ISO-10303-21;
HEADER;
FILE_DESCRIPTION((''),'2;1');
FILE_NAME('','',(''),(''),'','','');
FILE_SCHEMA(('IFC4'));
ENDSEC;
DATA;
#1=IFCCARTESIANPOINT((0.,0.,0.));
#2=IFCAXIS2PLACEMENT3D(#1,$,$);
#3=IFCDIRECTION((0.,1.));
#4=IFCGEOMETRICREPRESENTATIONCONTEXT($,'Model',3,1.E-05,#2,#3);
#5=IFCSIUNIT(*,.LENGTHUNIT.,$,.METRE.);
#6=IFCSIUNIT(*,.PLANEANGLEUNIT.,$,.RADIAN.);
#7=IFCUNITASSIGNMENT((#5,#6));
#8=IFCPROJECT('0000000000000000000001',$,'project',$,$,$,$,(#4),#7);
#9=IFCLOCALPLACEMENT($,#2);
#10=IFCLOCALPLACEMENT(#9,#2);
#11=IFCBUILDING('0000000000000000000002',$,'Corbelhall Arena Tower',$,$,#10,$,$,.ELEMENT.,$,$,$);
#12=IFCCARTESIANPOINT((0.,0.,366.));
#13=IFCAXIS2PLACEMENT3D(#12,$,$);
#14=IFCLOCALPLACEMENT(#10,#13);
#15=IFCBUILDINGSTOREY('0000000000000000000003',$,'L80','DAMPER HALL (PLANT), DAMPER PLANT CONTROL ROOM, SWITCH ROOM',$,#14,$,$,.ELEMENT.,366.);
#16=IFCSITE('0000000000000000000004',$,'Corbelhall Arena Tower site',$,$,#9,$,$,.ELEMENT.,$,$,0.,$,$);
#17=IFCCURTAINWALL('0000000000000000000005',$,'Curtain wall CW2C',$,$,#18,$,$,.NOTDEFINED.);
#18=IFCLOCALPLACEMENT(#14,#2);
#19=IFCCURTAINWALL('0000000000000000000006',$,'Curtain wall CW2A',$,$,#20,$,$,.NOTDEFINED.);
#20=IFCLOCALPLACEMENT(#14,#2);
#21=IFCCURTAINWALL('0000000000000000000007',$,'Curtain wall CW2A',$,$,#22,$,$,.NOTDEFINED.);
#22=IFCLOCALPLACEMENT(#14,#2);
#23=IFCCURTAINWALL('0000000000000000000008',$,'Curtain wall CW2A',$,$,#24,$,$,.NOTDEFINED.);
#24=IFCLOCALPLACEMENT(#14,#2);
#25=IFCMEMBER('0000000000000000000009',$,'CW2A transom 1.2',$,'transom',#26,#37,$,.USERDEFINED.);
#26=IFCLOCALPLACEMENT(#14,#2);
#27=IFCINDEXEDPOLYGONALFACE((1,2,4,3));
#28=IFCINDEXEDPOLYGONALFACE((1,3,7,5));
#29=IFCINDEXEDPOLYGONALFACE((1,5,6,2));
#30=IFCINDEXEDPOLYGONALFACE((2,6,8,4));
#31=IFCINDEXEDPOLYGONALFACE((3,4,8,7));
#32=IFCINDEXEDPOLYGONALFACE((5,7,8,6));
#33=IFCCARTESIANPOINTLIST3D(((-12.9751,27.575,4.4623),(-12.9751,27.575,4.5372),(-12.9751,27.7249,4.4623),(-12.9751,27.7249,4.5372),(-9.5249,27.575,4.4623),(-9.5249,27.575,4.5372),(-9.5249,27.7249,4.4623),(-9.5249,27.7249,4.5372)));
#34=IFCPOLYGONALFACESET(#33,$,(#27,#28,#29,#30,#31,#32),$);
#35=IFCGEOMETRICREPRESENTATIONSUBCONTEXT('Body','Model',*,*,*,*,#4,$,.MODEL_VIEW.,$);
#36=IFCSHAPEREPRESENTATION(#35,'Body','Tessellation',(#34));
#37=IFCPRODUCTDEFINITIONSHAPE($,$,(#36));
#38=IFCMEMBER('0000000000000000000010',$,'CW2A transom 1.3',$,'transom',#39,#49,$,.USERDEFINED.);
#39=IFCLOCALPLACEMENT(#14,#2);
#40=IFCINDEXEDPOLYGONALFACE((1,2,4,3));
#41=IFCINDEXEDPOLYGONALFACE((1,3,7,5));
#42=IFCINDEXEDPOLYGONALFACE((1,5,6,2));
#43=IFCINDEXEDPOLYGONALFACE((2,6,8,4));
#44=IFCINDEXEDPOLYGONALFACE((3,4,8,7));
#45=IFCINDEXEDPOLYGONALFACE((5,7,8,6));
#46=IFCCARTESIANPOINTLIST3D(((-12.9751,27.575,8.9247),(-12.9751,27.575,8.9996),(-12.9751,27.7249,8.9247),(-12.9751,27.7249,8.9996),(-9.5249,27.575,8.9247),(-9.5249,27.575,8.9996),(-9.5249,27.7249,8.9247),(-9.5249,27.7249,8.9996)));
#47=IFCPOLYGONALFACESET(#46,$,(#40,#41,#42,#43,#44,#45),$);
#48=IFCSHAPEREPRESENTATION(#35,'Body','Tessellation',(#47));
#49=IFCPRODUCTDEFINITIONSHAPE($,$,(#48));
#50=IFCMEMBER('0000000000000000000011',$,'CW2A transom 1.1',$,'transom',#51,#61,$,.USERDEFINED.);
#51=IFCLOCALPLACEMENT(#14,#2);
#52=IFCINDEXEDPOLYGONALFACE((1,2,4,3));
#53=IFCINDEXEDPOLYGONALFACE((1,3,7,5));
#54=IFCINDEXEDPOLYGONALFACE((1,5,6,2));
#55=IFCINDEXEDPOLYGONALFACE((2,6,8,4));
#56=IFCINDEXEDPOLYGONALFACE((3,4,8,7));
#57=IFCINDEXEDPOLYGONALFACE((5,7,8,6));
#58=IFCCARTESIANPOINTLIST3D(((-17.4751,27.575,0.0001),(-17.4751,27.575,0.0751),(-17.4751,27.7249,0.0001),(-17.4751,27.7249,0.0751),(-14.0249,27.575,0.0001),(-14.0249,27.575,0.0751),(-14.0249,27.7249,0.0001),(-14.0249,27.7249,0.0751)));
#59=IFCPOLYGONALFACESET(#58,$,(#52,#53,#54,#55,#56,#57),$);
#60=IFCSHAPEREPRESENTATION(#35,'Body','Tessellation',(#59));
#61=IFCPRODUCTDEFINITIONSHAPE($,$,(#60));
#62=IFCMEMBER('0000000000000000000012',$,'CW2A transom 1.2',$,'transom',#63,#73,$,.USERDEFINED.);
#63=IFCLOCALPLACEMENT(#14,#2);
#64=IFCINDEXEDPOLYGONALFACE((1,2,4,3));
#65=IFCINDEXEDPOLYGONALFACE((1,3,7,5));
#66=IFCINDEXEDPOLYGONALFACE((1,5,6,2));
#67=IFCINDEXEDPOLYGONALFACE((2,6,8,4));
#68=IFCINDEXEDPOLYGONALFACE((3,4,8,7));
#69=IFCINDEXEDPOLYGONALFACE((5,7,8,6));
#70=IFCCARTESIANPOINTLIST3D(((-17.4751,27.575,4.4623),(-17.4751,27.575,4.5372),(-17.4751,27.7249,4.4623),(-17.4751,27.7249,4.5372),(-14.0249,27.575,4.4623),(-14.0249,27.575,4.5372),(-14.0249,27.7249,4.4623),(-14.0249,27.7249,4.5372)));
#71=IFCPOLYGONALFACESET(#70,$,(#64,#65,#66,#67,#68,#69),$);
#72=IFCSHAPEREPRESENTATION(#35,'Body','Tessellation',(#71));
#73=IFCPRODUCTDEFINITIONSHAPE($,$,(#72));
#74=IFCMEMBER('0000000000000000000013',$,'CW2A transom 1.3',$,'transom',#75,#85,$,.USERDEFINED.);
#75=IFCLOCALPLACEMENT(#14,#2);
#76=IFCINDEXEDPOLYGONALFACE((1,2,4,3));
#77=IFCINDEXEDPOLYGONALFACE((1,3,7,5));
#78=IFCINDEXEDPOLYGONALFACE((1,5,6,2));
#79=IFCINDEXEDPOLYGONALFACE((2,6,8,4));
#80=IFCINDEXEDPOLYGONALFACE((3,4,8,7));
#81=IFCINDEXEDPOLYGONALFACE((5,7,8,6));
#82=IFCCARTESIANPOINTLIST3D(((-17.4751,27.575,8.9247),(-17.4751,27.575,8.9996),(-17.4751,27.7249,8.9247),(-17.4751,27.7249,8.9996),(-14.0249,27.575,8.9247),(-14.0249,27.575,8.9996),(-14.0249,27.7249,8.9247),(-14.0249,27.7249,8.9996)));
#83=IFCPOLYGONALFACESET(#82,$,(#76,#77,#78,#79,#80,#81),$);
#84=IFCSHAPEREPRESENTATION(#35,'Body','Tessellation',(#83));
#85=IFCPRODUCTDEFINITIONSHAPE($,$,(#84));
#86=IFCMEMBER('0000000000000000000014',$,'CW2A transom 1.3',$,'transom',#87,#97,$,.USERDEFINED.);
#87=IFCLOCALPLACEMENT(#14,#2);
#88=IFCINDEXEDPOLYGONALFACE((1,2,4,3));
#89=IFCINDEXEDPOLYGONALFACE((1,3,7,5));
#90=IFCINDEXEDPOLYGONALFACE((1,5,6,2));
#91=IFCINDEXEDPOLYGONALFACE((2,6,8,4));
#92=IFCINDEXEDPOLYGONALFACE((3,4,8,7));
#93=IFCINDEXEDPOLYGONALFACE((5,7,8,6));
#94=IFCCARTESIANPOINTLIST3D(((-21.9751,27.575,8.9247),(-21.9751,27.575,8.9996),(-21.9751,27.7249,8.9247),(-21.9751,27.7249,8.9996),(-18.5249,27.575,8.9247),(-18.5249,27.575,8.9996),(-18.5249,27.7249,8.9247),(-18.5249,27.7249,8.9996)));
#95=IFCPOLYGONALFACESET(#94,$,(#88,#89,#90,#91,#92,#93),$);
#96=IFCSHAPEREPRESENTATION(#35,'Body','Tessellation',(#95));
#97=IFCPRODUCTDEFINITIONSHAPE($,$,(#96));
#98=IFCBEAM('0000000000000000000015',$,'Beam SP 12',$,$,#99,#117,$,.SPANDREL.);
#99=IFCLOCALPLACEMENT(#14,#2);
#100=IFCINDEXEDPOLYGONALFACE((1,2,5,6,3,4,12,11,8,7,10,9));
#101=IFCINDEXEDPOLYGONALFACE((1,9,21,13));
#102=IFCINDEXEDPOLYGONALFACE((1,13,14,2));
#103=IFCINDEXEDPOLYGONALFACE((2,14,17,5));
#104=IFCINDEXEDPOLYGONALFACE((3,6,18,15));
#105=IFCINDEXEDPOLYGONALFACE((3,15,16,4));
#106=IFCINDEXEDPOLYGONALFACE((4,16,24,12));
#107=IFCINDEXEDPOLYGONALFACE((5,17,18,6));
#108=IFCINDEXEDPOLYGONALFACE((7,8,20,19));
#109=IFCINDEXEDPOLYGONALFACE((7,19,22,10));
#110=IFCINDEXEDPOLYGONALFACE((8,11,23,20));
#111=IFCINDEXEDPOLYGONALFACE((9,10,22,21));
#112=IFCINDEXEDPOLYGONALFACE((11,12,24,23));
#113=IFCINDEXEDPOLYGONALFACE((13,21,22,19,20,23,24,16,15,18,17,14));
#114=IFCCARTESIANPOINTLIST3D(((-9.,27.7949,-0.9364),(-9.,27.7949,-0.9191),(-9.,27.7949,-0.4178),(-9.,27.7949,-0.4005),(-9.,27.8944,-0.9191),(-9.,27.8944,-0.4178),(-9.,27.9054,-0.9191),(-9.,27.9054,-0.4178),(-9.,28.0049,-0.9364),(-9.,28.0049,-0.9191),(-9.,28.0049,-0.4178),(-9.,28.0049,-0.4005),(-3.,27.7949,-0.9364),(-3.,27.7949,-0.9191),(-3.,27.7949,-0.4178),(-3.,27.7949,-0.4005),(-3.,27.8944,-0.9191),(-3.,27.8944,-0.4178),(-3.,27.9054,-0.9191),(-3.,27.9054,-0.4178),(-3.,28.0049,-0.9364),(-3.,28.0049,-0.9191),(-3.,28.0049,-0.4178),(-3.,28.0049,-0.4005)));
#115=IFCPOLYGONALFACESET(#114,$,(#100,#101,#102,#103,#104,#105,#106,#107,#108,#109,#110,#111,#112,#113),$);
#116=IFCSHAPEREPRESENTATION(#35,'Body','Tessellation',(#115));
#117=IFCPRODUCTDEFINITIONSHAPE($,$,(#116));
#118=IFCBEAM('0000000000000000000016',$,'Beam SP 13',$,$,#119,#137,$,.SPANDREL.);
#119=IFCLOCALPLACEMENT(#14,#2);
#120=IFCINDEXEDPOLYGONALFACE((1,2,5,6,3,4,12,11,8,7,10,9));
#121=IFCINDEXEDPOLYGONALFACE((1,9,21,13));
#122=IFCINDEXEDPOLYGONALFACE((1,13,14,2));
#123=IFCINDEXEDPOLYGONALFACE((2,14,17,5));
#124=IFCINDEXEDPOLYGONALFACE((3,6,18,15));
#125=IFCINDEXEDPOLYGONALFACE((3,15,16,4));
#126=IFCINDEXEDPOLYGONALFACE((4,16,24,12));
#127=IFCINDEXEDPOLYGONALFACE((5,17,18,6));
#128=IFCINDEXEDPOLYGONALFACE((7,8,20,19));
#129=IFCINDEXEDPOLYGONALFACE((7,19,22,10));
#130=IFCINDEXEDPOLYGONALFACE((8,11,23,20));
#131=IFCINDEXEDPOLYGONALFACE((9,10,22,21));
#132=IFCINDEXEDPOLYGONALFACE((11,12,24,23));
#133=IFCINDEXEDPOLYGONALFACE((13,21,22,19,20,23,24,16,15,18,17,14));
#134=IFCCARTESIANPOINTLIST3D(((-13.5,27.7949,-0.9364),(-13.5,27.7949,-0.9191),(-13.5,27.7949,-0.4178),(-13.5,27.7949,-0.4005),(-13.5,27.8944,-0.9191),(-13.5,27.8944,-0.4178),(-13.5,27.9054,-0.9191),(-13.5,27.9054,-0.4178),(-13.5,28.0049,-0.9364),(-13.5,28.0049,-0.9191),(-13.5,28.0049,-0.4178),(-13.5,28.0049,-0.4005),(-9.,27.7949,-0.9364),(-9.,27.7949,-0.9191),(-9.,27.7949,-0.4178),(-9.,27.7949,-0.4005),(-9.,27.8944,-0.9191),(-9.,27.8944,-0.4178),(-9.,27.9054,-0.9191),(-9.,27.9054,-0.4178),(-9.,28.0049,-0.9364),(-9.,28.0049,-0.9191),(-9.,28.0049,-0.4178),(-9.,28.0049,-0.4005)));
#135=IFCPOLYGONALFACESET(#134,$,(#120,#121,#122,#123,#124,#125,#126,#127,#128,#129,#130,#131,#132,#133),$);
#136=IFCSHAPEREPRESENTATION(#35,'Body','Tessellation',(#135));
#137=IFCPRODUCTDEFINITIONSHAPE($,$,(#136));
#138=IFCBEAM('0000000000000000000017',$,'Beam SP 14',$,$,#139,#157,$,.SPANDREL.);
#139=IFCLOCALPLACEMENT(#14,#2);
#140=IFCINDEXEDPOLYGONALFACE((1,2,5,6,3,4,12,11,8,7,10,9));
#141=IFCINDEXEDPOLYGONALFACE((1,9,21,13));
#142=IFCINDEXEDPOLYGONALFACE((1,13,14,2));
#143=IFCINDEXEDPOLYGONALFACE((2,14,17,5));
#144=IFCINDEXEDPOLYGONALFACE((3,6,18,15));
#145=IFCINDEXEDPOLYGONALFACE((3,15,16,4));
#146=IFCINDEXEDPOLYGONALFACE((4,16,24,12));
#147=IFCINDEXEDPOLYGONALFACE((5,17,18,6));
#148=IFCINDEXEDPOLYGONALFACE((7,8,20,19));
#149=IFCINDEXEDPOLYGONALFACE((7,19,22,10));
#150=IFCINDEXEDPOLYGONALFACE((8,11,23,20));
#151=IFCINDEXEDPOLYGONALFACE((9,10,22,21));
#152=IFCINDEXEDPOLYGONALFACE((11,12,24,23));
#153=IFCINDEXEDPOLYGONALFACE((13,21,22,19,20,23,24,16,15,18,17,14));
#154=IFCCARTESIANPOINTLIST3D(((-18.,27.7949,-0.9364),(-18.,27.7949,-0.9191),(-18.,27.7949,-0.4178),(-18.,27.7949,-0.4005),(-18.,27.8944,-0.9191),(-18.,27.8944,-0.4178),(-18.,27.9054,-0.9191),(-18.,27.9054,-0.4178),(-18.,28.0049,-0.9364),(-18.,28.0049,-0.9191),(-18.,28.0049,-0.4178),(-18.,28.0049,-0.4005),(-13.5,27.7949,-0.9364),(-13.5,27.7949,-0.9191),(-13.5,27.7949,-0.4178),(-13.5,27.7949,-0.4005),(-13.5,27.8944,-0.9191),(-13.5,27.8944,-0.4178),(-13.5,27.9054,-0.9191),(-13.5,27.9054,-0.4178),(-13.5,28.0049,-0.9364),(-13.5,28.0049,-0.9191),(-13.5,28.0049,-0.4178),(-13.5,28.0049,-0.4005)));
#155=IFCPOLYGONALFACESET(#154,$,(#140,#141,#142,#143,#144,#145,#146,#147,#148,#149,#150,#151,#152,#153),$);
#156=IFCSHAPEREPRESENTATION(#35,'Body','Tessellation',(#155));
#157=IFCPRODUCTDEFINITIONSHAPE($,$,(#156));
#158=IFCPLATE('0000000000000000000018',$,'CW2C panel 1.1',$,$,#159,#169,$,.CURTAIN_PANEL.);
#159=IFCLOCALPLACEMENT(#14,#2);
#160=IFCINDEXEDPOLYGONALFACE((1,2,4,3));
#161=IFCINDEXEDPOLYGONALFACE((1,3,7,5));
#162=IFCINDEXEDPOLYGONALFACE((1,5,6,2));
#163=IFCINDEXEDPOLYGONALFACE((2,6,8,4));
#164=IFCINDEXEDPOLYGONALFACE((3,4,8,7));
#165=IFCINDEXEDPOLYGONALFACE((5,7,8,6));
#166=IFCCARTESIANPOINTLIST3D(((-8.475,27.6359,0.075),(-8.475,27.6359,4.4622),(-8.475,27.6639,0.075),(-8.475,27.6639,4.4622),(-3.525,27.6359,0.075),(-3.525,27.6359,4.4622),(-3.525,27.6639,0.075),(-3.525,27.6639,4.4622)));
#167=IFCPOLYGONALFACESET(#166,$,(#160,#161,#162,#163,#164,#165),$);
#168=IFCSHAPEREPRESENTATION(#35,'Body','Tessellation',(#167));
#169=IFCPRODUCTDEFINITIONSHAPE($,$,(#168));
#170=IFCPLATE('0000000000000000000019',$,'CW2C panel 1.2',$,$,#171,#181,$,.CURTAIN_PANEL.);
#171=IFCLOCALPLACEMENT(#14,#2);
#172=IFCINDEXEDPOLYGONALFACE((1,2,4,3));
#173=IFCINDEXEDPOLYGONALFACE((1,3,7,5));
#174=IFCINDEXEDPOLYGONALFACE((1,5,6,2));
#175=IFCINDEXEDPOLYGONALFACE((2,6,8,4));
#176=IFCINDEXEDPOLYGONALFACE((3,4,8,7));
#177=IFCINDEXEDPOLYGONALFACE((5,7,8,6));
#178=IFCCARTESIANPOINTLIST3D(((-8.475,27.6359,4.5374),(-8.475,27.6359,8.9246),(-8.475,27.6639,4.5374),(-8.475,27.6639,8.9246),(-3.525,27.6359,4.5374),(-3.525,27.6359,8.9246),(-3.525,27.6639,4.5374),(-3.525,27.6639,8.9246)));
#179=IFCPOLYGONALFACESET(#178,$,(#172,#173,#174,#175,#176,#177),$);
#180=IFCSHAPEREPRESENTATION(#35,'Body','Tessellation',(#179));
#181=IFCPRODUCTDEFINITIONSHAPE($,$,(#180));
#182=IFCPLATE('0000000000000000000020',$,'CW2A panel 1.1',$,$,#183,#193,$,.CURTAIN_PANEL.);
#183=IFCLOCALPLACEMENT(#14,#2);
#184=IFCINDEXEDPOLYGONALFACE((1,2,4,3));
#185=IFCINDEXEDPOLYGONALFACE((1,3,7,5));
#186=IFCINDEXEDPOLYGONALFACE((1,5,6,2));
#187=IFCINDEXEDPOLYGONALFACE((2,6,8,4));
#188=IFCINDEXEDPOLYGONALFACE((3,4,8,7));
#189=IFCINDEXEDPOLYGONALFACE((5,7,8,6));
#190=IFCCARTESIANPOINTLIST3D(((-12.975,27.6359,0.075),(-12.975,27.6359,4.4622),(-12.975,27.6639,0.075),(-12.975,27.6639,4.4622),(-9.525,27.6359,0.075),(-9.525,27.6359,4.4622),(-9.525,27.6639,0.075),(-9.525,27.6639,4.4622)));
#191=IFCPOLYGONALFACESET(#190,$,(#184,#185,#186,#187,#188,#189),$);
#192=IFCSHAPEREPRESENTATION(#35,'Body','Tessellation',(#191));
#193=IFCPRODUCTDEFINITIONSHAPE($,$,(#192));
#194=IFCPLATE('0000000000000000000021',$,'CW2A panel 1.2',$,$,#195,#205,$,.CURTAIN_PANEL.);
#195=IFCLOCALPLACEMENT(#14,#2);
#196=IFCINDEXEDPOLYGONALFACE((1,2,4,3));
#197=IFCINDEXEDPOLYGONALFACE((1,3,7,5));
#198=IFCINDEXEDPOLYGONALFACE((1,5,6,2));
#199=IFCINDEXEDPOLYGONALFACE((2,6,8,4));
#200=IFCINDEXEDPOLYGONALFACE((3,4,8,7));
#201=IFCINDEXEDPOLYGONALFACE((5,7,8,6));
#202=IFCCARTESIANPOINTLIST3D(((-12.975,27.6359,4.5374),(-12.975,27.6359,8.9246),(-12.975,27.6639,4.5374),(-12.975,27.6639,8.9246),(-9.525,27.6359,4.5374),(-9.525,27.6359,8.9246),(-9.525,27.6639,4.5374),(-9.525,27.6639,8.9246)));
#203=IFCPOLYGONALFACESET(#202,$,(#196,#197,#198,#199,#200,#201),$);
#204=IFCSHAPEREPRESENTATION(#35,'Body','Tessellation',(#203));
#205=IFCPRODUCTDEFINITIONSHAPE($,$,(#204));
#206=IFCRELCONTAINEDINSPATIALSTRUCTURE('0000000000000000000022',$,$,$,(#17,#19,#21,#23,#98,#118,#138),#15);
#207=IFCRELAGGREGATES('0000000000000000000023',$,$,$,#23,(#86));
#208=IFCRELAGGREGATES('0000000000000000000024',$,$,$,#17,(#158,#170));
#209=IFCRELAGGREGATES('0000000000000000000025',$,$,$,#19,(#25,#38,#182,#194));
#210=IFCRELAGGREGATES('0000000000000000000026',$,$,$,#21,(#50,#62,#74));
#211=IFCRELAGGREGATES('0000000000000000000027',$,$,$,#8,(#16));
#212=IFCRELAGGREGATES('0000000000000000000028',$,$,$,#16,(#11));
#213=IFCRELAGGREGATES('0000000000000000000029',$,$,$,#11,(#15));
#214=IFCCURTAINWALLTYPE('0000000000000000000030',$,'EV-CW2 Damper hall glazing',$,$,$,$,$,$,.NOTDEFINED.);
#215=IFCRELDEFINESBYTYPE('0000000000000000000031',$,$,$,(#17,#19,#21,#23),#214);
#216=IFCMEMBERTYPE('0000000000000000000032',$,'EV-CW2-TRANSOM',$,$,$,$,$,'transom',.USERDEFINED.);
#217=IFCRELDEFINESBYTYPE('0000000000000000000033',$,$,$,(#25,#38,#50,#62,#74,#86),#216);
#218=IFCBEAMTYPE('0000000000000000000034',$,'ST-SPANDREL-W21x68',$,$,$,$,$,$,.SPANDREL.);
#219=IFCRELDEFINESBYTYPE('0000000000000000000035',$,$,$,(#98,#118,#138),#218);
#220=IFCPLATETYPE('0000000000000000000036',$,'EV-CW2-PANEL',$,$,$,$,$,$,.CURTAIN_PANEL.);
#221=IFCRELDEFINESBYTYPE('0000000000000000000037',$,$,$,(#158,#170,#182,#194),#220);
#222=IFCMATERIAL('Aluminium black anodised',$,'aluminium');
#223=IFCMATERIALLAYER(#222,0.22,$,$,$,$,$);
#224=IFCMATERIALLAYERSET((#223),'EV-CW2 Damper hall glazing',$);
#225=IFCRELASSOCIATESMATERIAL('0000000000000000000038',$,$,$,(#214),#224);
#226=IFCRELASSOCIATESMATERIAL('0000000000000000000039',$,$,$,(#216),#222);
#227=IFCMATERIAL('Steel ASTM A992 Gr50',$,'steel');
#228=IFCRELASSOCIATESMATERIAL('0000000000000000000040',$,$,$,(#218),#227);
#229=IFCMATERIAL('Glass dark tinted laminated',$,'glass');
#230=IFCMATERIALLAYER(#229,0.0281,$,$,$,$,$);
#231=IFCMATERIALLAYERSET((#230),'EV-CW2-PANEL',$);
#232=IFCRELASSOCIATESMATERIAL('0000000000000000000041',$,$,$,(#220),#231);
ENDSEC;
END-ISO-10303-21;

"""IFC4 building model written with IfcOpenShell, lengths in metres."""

from ifc_helpers import new_model, si_unit, direction, frame, origin, origin_2d, place, context, subcontext, project, spatial, rectangle, i_section, extrude, material, layer, layer_set, material_profile, profile_set, type_object, element, aggregate, save


model = new_model("IFC4")

# Units and contexts
model_context = context("Model", 3, precision=1e-05, world=origin(), true_north=direction((0.0, 1.0)))
body_context = subcontext(model_context, "Body", "Model", "MODEL_VIEW")
ifc_project = project(units=[si_unit("LENGTHUNIT", "METRE"), si_unit("PLANEANGLEUNIT", "RADIAN")], contexts=[model_context])

# Site, building, storey
site_placement = place(None, origin())
site = spatial("IfcSite", under=ifc_project, at=site_placement, Name="Corbelhall Arena Tower site", CompositionType="ELEMENT", RefElevation=0.0)
building_placement = place(site_placement, origin())
building = spatial("IfcBuilding", under=site, at=building_placement, Name="Corbelhall Arena Tower", CompositionType="ELEMENT")
storey_placement = place(building_placement, frame((0.0, 0.0, 366.0)))
storey = spatial("IfcBuildingStorey", under=building, at=storey_placement, Name="L80", Description="DAMPER HALL (PLANT), DAMPER PLANT CONTROL ROOM, SWITCH ROOM", CompositionType="ELEMENT", Elevation=366.0)

# Curtain walls
ifc_material_1 = material(Name="Aluminium black anodised", Category="aluminium")
ifc_layer_1 = layer(ifc_material_1, 0.22)
ifc_layer_set_1 = layer_set([ifc_layer_1], Name="EV-CW2 Damper hall glazing")
curtain_wall_type = type_object("IfcCurtainWallType", Name="EV-CW2 Damper hall glazing", PredefinedType="NOTDEFINED", material=ifc_layer_set_1)
curtain_wall_1_placement = place(storey_placement, origin())
curtain_wall_1 = element("IfcCurtainWall", 1, at=curtain_wall_1_placement, inside=storey, type_object=curtain_wall_type, Name="Curtain wall CW2C", PredefinedType="NOTDEFINED")
curtain_wall_2_placement = place(storey_placement, origin())
curtain_wall_2 = element("IfcCurtainWall", 2, at=curtain_wall_2_placement, inside=storey, type_object=curtain_wall_type, Name="Curtain wall CW2A", PredefinedType="NOTDEFINED")
curtain_wall_3_placement = place(storey_placement, origin())
curtain_wall_3 = element("IfcCurtainWall", 3, at=curtain_wall_3_placement, inside=storey, type_object=curtain_wall_type, Name="Curtain wall CW2A", PredefinedType="NOTDEFINED")

# Curtain wall
curtain_wall_4_placement = place(storey_placement, origin())
curtain_wall_4 = element("IfcCurtainWall", 4, at=curtain_wall_4_placement, inside=storey, type_object=curtain_wall_type, Name="Curtain wall CW2A", PredefinedType="NOTDEFINED")

# Members
ifc_material_profile_1 = material_profile(ifc_material_1, rectangle(XDim=0.1499, YDim=0.075, at=origin_2d()))
ifc_profile_set_1 = profile_set([ifc_material_profile_1], Name="Aluminium black anodised")
member_type_1 = type_object("IfcMemberType", Name="EV-CW2-TRANSOM", ElementType="transom", PredefinedType="USERDEFINED", material=ifc_profile_set_1)
member_1_placement = place(storey_placement, frame((-9.5249, 27.6499, 4.4998), z_axis=(-1.0, 0.0, 0.0), x_axis=(0.0, -1.0, 0.0)))
member_1 = element("IfcMember", 5, at=member_1_placement, type_object=member_type_1, Name="CW2A transom 1.2", ObjectType="transom", PredefinedType="USERDEFINED", context=body_context, shape_type="SweptSolid", body=[
    extrude(rectangle(XDim=0.1499, YDim=0.075, at=origin_2d()), origin(), (0.0, 0.0, 1.0), 3.4502),
])
member_2_placement = place(storey_placement, frame((-9.5249, 27.6499, 8.9622), z_axis=(-1.0, 0.0, 0.0), x_axis=(0.0, -1.0, 0.0)))
member_2 = element("IfcMember", 6, at=member_2_placement, type_object=member_type_1, Name="CW2A transom 1.3", ObjectType="transom", PredefinedType="USERDEFINED", context=body_context, shape_type="SweptSolid", body=[
    extrude(rectangle(XDim=0.1499, YDim=0.075, at=origin_2d()), origin(), (0.0, 0.0, 1.0), 3.4502),
])
member_3_placement = place(storey_placement, frame((-14.0249, 27.6499, 0.0376), z_axis=(-1.0, 0.0, 0.0), x_axis=(0.0, -1.0, 0.0)))
member_3 = element("IfcMember", 7, at=member_3_placement, type_object=member_type_1, Name="CW2A transom 1.1", ObjectType="transom", PredefinedType="USERDEFINED", context=body_context, shape_type="SweptSolid", body=[
    extrude(rectangle(XDim=0.1499, YDim=0.075, at=origin_2d()), origin(), (0.0, 0.0, 1.0), 3.4502),
])
member_4_placement = place(storey_placement, frame((-14.0249, 27.6499, 4.4998), z_axis=(-1.0, 0.0, 0.0), x_axis=(0.0, -1.0, 0.0)))
member_4 = element("IfcMember", 8, at=member_4_placement, type_object=member_type_1, Name="CW2A transom 1.2", ObjectType="transom", PredefinedType="USERDEFINED", context=body_context, shape_type="SweptSolid", body=[
    extrude(rectangle(XDim=0.1499, YDim=0.075, at=origin_2d()), origin(), (0.0, 0.0, 1.0), 3.4502),
])
member_5_placement = place(storey_placement, frame((-14.0249, 27.6499, 8.9622), z_axis=(-1.0, 0.0, 0.0), x_axis=(0.0, -1.0, 0.0)))
member_5 = element("IfcMember", 9, at=member_5_placement, type_object=member_type_1, Name="CW2A transom 1.3", ObjectType="transom", PredefinedType="USERDEFINED", context=body_context, shape_type="SweptSolid", body=[
    extrude(rectangle(XDim=0.1499, YDim=0.075, at=origin_2d()), origin(), (0.0, 0.0, 1.0), 3.4502),
])
member_6_placement = place(storey_placement, frame((-18.5249, 27.6499, 8.9622), z_axis=(-1.0, 0.0, 0.0), x_axis=(0.0, -1.0, 0.0)))
member_6 = element("IfcMember", 10, at=member_6_placement, type_object=member_type_1, Name="CW2A transom 1.3", ObjectType="transom", PredefinedType="USERDEFINED", context=body_context, shape_type="SweptSolid", body=[
    extrude(rectangle(XDim=0.1499, YDim=0.075, at=origin_2d()), origin(), (0.0, 0.0, 1.0), 3.4502),
])
aggregate(curtain_wall_4, [member_6])

# Beams
ifc_material_2 = material(Name="Steel ASTM A992 Gr50", Category="steel")
ifc_material_profile_2 = material_profile(ifc_material_2, i_section(OverallWidth=0.21, OverallDepth=0.5359, WebThickness=0.011, FlangeThickness=0.0173, at=origin_2d()))
ifc_profile_set_2 = profile_set([ifc_material_profile_2], Name="Steel ASTM A992 Gr50")
beam_type = type_object("IfcBeamType", Name="ST-SPANDREL-W21x68", PredefinedType="SPANDREL", material=ifc_profile_set_2)
beam_placement = place(storey_placement, frame((-9.0, 27.8999, -0.6685), z_axis=(1.0, 0.0, 0.0), x_axis=(0.0, 1.0, 0.0)))
element("IfcBeam", 11, at=beam_placement, inside=storey, type_object=beam_type, Name="Beam SP 12", PredefinedType="SPANDREL", context=body_context, shape_type="SweptSolid", body=[
    extrude(i_section(OverallWidth=0.21, OverallDepth=0.5359, WebThickness=0.011, FlangeThickness=0.0173, at=origin_2d()), origin(), (0.0, 0.0, 1.0), 6.0),
])
for number, where, z_axis, x_axis, name in (
    (12, (-13.5, 27.8999, -0.6685), (1.0, 0.0, 0.0), (0.0, 1.0, 0.0), "Beam SP 13"),
    (13, (-18.0, 27.8999, -0.6685), (1.0, 0.0, 0.0), (0.0, 1.0, 0.0), "Beam SP 14"),
):
    element("IfcBeam", number, at=place(storey_placement, frame(where, z_axis=z_axis, x_axis=x_axis)), inside=storey, type_object=beam_type, Name=name, PredefinedType="SPANDREL", context=body_context, shape_type="SweptSolid", body=[
        extrude(i_section(OverallWidth=0.21, OverallDepth=0.5359, WebThickness=0.011, FlangeThickness=0.0173, at=origin_2d()), origin(), (0.0, 0.0, 1.0), 4.5),
    ])

# Plates
ifc_material_3 = material(Name="Glass dark tinted laminated", Category="glass")
ifc_layer_2 = layer(ifc_material_3, 0.0281)
ifc_layer_set_2 = layer_set([ifc_layer_2], Name="EV-CW2-PANEL")
plate_type = type_object("IfcPlateType", Name="EV-CW2-PANEL", PredefinedType="CURTAIN_PANEL", material=ifc_layer_set_2)
plate_1_placement = place(storey_placement, frame((-6.0, 27.6499, 0.075), z_axis=(0.0, 0.0, 1.0), x_axis=(-1.0, 0.0, 0.0)))
plate_1 = element("IfcPlate", 14, at=plate_1_placement, type_object=plate_type, Name="CW2C panel 1.1", PredefinedType="CURTAIN_PANEL", context=body_context, shape_type="SweptSolid", body=[
    extrude(rectangle(XDim=4.95, YDim=0.0281, at=origin_2d()), origin(), (0.0, 0.0, 1.0), 4.3872),
])
plate_2_placement = place(storey_placement, frame((-6.0, 27.6499, 4.5374), z_axis=(0.0, 0.0, 1.0), x_axis=(-1.0, 0.0, 0.0)))
plate_2 = element("IfcPlate", 15, at=plate_2_placement, type_object=plate_type, Name="CW2C panel 1.2", PredefinedType="CURTAIN_PANEL", context=body_context, shape_type="SweptSolid", body=[
    extrude(rectangle(XDim=4.95, YDim=0.0281, at=origin_2d()), origin(), (0.0, 0.0, 1.0), 4.3872),
])
aggregate(curtain_wall_1, [plate_1, plate_2])
plate_3_placement = place(storey_placement, frame((-11.25, 27.6499, 0.075), z_axis=(0.0, 0.0, 1.0), x_axis=(-1.0, 0.0, 0.0)))
plate_3 = element("IfcPlate", 16, at=plate_3_placement, type_object=plate_type, Name="CW2A panel 1.1", PredefinedType="CURTAIN_PANEL", context=body_context, shape_type="SweptSolid", body=[
    extrude(rectangle(XDim=3.45, YDim=0.0281, at=origin_2d()), origin(), (0.0, 0.0, 1.0), 4.3872),
])
plate_4_placement = place(storey_placement, frame((-11.25, 27.6499, 4.5374), z_axis=(0.0, 0.0, 1.0), x_axis=(-1.0, 0.0, 0.0)))
plate_4 = element("IfcPlate", 17, at=plate_4_placement, type_object=plate_type, Name="CW2A panel 1.2", PredefinedType="CURTAIN_PANEL", context=body_context, shape_type="SweptSolid", body=[
    extrude(rectangle(XDim=3.45, YDim=0.0281, at=origin_2d()), origin(), (0.0, 0.0, 1.0), 4.3872),
])
aggregate(curtain_wall_2, [member_1, member_2, plate_3, plate_4])
aggregate(curtain_wall_3, [member_3, member_4, member_5])

save(model, "model.ifc")
